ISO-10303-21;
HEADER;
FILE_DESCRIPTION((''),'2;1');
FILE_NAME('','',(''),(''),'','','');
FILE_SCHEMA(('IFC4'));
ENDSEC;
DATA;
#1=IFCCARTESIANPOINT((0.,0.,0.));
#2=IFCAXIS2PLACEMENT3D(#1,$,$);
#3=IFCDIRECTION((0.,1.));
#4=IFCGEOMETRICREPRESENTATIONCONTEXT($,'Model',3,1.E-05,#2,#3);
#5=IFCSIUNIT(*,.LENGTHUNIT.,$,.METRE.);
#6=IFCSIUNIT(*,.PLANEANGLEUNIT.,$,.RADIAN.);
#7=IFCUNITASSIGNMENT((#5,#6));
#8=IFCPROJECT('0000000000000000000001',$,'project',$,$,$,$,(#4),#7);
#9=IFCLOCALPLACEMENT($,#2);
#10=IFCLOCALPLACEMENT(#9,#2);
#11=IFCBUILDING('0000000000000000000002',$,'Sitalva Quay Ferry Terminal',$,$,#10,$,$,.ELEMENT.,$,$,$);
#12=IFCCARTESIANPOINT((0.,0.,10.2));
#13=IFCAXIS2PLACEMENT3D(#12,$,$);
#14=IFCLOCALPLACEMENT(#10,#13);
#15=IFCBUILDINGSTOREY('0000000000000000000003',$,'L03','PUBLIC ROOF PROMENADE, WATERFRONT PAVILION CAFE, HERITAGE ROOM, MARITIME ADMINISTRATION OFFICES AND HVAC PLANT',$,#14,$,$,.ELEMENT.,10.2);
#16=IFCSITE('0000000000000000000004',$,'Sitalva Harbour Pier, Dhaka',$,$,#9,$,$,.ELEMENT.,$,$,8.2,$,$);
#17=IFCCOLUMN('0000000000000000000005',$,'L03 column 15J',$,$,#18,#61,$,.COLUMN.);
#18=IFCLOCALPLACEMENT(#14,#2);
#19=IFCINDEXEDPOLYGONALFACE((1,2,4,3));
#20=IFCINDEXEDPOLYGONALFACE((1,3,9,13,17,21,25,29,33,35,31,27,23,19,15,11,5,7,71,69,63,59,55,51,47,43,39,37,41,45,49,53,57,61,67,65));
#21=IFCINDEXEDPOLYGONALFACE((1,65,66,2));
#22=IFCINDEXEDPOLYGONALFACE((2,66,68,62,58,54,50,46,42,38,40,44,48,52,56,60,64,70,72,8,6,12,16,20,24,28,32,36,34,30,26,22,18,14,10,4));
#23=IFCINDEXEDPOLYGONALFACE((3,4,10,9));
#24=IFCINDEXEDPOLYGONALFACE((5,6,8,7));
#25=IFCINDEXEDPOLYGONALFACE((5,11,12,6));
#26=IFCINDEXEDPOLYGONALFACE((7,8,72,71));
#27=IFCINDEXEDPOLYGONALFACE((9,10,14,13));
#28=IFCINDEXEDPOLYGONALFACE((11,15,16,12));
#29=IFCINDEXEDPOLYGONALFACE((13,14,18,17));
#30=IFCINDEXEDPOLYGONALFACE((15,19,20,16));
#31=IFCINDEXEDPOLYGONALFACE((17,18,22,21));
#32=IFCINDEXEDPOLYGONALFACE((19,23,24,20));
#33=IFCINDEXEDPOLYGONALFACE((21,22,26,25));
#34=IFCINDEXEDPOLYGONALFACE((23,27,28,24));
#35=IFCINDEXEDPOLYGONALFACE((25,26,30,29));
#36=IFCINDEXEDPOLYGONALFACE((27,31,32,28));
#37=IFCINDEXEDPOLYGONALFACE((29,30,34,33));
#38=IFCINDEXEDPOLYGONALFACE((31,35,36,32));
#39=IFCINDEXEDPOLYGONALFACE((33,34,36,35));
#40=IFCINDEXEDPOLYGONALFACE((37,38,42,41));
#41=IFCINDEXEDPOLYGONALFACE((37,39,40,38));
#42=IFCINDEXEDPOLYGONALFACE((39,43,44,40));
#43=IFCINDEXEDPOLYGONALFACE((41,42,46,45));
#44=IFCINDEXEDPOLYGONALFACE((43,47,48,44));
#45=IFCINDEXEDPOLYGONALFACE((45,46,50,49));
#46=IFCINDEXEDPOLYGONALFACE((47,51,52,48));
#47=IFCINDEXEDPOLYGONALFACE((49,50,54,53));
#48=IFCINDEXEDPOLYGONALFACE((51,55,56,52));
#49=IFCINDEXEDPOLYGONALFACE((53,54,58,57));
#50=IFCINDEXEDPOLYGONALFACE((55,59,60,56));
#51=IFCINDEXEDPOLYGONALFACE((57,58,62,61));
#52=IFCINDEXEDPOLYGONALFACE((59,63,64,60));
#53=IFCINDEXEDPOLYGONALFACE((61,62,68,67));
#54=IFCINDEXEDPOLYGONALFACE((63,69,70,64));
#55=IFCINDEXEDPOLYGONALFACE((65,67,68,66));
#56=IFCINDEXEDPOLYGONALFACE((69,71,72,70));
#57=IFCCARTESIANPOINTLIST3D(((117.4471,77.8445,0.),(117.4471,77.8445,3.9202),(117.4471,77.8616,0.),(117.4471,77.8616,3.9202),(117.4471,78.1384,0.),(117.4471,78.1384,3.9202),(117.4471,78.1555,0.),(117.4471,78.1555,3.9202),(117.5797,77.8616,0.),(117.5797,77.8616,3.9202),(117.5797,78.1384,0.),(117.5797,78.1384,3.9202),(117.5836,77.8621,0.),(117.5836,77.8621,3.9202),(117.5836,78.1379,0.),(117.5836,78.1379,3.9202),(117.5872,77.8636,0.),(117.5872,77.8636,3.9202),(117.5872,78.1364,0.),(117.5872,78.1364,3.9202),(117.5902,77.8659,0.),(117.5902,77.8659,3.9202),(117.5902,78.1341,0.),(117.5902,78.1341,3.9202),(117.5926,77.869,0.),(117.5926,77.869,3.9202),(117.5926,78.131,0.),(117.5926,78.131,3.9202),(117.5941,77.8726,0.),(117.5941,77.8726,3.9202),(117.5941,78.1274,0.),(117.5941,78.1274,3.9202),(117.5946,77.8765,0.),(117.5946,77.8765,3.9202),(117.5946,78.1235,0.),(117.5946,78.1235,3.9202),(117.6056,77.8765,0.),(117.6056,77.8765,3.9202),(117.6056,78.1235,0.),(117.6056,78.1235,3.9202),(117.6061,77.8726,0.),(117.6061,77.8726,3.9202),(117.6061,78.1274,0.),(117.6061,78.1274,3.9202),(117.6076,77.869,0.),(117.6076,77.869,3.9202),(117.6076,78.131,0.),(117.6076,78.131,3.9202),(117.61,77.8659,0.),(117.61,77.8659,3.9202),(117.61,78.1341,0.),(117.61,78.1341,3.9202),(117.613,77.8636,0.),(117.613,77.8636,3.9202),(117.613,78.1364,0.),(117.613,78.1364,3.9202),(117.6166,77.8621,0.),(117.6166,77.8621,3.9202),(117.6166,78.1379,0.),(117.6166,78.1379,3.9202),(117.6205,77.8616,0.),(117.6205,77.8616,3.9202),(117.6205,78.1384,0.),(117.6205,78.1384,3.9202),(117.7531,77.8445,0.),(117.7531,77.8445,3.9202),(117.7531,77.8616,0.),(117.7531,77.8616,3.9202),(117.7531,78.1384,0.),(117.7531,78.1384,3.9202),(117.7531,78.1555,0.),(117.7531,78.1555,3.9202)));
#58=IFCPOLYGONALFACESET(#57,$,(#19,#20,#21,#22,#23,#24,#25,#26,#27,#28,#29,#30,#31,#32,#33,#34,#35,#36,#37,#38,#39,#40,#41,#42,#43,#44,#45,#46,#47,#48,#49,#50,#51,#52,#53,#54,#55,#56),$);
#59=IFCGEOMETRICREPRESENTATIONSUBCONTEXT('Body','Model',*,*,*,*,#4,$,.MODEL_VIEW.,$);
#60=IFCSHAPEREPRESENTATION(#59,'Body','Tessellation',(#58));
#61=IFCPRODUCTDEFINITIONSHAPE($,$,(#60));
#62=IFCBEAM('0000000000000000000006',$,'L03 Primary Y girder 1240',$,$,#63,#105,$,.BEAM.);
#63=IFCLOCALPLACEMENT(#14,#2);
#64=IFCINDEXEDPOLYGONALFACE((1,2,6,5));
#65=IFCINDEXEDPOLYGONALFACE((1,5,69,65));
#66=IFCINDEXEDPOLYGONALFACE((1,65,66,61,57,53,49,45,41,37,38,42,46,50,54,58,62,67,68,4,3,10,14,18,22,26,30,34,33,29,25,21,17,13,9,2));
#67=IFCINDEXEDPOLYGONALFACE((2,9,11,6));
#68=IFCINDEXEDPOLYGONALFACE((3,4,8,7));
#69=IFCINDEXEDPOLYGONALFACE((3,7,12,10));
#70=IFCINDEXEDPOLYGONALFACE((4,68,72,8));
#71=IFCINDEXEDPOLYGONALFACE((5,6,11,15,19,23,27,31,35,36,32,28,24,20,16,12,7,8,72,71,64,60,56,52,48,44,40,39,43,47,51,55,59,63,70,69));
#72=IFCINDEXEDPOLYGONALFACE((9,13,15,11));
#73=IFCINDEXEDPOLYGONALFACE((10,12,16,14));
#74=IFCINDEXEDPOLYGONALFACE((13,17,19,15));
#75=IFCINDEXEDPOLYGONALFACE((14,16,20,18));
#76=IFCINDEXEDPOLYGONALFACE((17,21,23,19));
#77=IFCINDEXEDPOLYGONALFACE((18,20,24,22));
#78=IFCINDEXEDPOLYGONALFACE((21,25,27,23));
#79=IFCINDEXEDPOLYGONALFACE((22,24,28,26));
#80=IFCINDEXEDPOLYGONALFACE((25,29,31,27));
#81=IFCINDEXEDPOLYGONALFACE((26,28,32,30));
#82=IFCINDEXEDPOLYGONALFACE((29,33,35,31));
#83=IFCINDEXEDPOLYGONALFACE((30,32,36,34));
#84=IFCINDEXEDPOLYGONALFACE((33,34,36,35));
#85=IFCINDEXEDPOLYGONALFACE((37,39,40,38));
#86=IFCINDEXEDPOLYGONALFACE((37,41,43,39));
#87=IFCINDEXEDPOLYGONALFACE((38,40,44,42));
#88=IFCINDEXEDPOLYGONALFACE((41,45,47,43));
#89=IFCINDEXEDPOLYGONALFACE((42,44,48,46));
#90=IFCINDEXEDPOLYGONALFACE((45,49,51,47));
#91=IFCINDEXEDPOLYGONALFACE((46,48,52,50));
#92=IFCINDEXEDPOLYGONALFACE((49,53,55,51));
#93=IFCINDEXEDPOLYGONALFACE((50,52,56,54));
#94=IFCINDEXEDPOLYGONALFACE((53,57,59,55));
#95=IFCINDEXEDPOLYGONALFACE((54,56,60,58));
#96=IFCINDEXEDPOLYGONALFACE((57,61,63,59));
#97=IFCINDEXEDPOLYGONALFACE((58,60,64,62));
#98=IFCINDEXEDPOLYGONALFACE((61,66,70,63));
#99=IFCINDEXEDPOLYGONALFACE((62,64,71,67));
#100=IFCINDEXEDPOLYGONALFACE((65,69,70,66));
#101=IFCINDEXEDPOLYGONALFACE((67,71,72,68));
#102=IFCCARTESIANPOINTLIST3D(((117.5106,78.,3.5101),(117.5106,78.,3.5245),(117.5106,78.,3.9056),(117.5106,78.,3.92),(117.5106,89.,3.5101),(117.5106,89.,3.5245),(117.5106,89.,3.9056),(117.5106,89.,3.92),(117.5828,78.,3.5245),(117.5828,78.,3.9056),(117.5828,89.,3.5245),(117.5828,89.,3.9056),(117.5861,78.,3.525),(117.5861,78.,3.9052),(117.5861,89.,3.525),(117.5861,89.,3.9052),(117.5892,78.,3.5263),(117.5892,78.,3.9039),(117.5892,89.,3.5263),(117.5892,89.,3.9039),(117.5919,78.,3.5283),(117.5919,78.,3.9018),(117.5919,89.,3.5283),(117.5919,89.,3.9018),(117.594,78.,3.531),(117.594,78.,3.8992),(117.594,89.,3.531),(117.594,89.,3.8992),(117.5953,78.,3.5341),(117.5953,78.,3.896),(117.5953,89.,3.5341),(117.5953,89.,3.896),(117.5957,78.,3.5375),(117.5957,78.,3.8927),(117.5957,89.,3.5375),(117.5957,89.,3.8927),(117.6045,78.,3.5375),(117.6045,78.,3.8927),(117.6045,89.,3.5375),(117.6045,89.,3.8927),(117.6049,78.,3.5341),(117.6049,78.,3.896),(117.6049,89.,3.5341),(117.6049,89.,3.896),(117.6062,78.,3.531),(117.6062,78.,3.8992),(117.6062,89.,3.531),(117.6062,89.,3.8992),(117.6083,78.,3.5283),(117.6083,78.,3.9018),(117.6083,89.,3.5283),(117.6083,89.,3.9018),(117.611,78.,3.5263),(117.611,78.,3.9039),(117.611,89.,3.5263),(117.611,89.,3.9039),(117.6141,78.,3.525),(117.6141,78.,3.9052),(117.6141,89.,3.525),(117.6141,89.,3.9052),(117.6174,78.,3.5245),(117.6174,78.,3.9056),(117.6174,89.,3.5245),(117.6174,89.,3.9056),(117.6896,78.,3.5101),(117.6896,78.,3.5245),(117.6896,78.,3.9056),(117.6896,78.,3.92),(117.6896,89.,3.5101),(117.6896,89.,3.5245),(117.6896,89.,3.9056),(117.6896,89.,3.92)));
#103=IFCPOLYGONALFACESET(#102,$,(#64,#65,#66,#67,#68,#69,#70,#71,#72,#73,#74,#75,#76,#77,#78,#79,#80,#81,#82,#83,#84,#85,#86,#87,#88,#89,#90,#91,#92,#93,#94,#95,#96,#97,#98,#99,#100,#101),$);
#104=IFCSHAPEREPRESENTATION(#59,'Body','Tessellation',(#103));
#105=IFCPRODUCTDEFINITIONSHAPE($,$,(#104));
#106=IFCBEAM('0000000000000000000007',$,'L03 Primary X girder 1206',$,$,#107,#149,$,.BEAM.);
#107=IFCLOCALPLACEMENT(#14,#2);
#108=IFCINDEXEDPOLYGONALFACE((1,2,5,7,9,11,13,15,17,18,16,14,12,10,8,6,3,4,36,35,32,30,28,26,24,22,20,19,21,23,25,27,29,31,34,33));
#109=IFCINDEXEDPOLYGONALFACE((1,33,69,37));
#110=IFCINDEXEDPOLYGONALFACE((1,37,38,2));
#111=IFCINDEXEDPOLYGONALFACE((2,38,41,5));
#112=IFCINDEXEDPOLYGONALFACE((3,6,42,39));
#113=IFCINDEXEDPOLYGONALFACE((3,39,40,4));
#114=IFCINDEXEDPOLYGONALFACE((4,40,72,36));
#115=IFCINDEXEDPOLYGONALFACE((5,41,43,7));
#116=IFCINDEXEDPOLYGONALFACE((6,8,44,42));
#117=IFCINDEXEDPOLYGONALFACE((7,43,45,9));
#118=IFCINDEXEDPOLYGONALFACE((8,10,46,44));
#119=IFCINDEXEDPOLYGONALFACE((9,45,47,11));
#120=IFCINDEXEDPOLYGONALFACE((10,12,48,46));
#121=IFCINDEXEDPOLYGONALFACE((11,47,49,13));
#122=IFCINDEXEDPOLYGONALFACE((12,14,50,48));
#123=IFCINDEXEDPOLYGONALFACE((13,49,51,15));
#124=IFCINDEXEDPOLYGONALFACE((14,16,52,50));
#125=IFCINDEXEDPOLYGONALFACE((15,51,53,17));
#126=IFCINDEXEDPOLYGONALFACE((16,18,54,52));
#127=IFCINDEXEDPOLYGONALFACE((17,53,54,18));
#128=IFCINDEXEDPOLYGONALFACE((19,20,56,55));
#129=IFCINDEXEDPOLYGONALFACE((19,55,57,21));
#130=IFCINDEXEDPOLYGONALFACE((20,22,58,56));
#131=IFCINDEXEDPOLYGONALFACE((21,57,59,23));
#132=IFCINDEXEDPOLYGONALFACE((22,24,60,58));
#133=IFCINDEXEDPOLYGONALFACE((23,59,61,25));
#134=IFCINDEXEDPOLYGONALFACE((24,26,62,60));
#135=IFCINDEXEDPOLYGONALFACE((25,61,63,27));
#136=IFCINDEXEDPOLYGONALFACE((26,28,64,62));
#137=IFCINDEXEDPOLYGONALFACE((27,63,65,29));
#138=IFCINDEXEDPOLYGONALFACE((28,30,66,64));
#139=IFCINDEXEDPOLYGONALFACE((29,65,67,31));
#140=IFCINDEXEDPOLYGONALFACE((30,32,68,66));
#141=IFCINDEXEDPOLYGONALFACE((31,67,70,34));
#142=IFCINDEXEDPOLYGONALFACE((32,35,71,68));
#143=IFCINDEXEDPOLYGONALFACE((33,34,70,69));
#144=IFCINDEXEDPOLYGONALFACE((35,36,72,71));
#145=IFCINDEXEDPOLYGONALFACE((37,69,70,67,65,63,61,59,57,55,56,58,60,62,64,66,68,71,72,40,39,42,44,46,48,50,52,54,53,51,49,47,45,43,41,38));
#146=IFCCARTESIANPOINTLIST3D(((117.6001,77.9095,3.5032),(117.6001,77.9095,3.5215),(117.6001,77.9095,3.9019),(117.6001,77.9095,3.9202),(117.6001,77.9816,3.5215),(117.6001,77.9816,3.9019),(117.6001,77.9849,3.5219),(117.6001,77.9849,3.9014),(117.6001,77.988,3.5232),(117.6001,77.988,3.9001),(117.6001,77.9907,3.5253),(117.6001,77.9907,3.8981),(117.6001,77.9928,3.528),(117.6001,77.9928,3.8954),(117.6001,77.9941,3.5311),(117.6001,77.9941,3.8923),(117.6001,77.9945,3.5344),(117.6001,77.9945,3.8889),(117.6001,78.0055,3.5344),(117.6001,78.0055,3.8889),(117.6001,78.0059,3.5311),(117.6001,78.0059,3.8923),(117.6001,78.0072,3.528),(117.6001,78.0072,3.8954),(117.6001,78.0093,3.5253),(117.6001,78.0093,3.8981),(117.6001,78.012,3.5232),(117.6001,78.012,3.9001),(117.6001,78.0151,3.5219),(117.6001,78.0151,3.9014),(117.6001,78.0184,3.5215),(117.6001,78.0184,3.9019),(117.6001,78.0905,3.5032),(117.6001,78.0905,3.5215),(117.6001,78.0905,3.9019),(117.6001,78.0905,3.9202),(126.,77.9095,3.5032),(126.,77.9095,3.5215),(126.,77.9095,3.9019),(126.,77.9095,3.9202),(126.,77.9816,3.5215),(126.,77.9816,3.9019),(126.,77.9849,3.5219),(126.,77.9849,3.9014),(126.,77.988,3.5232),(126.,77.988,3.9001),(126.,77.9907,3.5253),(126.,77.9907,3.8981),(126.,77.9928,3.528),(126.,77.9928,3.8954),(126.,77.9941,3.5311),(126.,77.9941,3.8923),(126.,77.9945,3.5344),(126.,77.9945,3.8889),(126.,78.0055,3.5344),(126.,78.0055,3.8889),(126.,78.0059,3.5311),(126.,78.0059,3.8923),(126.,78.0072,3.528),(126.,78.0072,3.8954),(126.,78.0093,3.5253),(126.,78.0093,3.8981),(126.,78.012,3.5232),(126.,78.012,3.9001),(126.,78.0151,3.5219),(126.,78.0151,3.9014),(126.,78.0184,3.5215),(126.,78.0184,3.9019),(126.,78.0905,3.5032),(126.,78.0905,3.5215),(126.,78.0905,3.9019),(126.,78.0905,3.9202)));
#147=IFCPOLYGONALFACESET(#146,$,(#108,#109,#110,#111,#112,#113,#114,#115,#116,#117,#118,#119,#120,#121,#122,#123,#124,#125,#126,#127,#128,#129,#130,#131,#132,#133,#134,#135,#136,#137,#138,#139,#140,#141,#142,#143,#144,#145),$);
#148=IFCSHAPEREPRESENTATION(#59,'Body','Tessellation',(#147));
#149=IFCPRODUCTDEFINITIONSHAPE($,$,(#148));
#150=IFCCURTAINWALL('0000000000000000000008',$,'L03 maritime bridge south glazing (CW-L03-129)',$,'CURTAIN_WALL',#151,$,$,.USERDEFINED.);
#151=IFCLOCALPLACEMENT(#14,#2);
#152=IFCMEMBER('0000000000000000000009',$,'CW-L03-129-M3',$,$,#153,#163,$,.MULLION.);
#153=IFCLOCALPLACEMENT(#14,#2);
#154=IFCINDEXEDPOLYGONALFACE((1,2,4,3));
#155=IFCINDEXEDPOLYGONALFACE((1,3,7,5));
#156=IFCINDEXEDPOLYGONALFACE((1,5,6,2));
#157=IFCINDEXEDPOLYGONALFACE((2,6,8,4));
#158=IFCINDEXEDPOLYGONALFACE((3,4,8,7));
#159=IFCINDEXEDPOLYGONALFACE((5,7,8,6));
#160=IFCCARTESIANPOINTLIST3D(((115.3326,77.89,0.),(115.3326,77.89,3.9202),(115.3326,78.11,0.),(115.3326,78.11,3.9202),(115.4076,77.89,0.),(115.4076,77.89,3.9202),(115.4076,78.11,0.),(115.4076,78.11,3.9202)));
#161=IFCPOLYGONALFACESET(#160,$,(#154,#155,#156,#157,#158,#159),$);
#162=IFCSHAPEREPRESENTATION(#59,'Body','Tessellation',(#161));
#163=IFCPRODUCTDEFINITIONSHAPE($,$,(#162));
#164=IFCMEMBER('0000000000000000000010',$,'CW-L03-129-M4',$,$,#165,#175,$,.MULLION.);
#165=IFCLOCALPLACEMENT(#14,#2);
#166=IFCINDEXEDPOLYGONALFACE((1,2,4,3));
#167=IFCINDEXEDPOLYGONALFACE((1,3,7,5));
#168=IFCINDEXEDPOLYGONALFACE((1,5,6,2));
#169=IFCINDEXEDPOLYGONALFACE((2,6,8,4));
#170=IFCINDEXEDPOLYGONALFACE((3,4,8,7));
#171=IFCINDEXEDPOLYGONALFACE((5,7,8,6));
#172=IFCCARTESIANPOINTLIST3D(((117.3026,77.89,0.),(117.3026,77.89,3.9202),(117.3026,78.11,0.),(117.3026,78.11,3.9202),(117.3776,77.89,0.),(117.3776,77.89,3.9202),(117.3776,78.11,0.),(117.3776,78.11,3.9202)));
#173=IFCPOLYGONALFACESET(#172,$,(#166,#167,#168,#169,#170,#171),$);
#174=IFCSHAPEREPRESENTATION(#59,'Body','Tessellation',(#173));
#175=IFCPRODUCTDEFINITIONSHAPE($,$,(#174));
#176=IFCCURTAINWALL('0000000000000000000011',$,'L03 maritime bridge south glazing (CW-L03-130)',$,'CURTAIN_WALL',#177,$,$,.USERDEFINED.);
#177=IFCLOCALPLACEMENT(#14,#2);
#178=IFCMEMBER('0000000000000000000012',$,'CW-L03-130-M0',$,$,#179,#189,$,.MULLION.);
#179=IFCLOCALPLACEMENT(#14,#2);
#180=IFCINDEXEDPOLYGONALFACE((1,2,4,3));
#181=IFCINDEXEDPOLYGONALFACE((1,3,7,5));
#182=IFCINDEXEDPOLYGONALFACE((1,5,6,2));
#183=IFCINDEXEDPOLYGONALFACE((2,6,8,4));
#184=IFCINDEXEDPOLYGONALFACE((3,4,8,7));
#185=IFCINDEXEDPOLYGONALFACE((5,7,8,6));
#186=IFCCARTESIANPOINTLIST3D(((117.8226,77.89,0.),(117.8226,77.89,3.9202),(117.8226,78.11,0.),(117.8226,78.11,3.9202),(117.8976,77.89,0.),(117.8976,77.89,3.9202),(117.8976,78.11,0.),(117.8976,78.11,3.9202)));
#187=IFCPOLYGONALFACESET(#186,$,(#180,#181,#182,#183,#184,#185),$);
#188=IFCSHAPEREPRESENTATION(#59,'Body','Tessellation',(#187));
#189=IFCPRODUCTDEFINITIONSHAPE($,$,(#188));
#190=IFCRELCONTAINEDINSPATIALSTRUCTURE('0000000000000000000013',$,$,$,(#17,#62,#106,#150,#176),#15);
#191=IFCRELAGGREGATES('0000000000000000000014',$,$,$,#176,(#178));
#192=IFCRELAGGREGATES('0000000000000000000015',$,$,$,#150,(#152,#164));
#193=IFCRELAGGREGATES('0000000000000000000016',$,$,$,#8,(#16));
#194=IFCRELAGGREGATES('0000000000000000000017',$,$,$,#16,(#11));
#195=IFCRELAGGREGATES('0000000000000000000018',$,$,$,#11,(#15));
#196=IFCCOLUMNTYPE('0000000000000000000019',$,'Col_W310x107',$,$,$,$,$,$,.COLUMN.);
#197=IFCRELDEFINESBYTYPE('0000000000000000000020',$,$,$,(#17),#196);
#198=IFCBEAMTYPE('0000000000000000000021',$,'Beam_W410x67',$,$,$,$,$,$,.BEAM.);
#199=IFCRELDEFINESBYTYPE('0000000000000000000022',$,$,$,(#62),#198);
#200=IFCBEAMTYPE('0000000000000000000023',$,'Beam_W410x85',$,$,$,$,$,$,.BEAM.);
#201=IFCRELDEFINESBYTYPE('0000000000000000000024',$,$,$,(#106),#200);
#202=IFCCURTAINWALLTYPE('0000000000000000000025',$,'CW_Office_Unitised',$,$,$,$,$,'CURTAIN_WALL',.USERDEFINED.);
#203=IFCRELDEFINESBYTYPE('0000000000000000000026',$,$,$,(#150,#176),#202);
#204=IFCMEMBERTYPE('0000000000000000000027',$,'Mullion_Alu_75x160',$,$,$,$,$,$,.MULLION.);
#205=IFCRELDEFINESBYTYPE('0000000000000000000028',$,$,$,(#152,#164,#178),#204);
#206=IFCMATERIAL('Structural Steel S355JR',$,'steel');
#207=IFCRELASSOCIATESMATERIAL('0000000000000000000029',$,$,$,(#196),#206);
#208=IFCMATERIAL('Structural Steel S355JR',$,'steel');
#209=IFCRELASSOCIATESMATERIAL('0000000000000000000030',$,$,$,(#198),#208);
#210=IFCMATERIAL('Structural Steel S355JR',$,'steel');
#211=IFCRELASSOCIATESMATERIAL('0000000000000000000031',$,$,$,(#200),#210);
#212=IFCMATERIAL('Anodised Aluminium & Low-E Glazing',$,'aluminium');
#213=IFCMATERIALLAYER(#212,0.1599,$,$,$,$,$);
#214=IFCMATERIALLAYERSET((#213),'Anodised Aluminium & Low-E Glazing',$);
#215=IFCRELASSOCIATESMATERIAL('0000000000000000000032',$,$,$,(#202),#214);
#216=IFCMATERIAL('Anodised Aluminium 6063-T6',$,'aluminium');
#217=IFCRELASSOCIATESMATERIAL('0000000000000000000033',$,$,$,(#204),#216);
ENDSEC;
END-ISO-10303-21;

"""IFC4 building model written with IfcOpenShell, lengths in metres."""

from ifc_helpers import new_model, si_unit, direction, frame, origin, origin_2d, place, context, subcontext, project, spatial, rectangle, i_section, extrude, material, layer, layer_set, material_profile, profile_set, type_object, element, aggregate, save


model = new_model("IFC4")

# Units and contexts
model_context = context("Model", 3, precision=1e-05, world=origin(), true_north=direction((0.0, 1.0)))
body_context = subcontext(model_context, "Body", "Model", "MODEL_VIEW")
ifc_project = project(units=[si_unit("LENGTHUNIT", "METRE"), si_unit("PLANEANGLEUNIT", "RADIAN")], contexts=[model_context])

# Site, building, storey
site_placement = place(None, origin())
site = spatial("IfcSite", under=ifc_project, at=site_placement, Name="Sitalva Harbour Pier, Dhaka", CompositionType="ELEMENT", RefElevation=8.2)
building_placement = place(site_placement, origin())
building = spatial("IfcBuilding", under=site, at=building_placement, Name="Sitalva Quay Ferry Terminal", CompositionType="ELEMENT")
storey_placement = place(building_placement, frame((0.0, 0.0, 10.2)))
storey = spatial("IfcBuildingStorey", under=building, at=storey_placement, Name="L03", Description="PUBLIC ROOF PROMENADE, WATERFRONT PAVILION CAFE, HERITAGE ROOM, MARITIME ADMINISTRATION OFFICES AND HVAC PLANT", CompositionType="ELEMENT", Elevation=10.2)

# Column
ifc_material_1 = material(Name="Structural Steel S355JR", Category="steel")
ifc_material_profile_1 = material_profile(ifc_material_1, i_section(OverallWidth=0.3059, OverallDepth=0.311, WebThickness=0.011, FlangeThickness=0.0171, FilletRadius=0.0149, at=origin_2d()), Name="W310x107")
ifc_profile_set_1 = profile_set([ifc_material_profile_1], Name="Structural Steel S355JR")
column_type = type_object("IfcColumnType", Name="Col_W310x107", PredefinedType="COLUMN", material=ifc_profile_set_1)
column_placement = place(storey_placement, frame((117.6001, 78.0, 0.0), z_axis=(0.0, 0.0, 1.0), x_axis=(1.0, 0.0, 0.0)))
element("IfcColumn", 1, at=column_placement, inside=storey, type_object=column_type, Name="L03 column 15J", PredefinedType="COLUMN", context=body_context, shape_type="SweptSolid", body=[
    extrude(i_section(OverallWidth=0.3059, OverallDepth=0.311, WebThickness=0.011, FlangeThickness=0.0171, FilletRadius=0.0149, at=origin_2d()), origin(), (0.0, 0.0, 1.0), 3.9202),
])

# Beams
ifc_material_2 = material(Name="Structural Steel S355JR", Category="steel")
ifc_material_profile_2 = material_profile(ifc_material_2, i_section(OverallWidth=0.179, OverallDepth=0.4099, WebThickness=0.0088, FlangeThickness=0.0144, FilletRadius=0.0129, at=origin_2d()), Name="W410x67")
ifc_profile_set_2 = profile_set([ifc_material_profile_2], Name="Structural Steel S355JR")
beam_type_1 = type_object("IfcBeamType", Name="Beam_W410x67", PredefinedType="BEAM", material=ifc_profile_set_2)
beam_1_placement = place(storey_placement, frame((117.6001, 78.0, 3.7151), z_axis=(0.0, 1.0, 0.0), x_axis=(-1.0, 0.0, 0.0)))
element("IfcBeam", 2, at=beam_1_placement, inside=storey, type_object=beam_type_1, Name="L03 Primary Y girder 1240", PredefinedType="BEAM", context=body_context, shape_type="SweptSolid", body=[
    extrude(i_section(OverallWidth=0.179, OverallDepth=0.4099, WebThickness=0.0088, FlangeThickness=0.0144, FilletRadius=0.0129, at=origin_2d()), origin(), (0.0, 0.0, 1.0), 11.0),
])
ifc_material_3 = material(Name="Structural Steel S355JR", Category="steel")
ifc_material_profile_3 = material_profile(ifc_material_3, i_section(OverallWidth=0.1809, OverallDepth=0.417, WebThickness=0.011, FlangeThickness=0.0183, FilletRadius=0.0129, at=origin_2d()), Name="W410x85")
ifc_profile_set_3 = profile_set([ifc_material_profile_3], Name="Structural Steel S355JR")
beam_type_2 = type_object("IfcBeamType", Name="Beam_W410x85", PredefinedType="BEAM", material=ifc_profile_set_3)
beam_2_placement = place(storey_placement, frame((117.6001, 78.0, 3.7117), z_axis=(1.0, 0.0, 0.0), x_axis=(0.0, 1.0, 0.0)))
element("IfcBeam", 3, at=beam_2_placement, inside=storey, type_object=beam_type_2, Name="L03 Primary X girder 1206", PredefinedType="BEAM", context=body_context, shape_type="SweptSolid", body=[
    extrude(i_section(OverallWidth=0.1809, OverallDepth=0.417, WebThickness=0.011, FlangeThickness=0.0183, FilletRadius=0.0129, at=origin_2d()), origin(), (0.0, 0.0, 1.0), 8.3999),
])

# Curtain wall, members
ifc_material_4 = material(Name="Anodised Aluminium & Low-E Glazing", Category="aluminium")
ifc_layer_1 = layer(ifc_material_4, 0.1599)
ifc_layer_set_1 = layer_set([ifc_layer_1], Name="Anodised Aluminium & Low-E Glazing")
curtain_wall_type = type_object("IfcCurtainWallType", Name="CW_Office_Unitised", ElementType="CURTAIN_WALL", PredefinedType="USERDEFINED", material=ifc_layer_set_1)
curtain_wall_1_placement = place(storey_placement, origin())
curtain_wall_1 = element("IfcCurtainWall", 4, at=curtain_wall_1_placement, inside=storey, type_object=curtain_wall_type, Name="L03 maritime bridge south glazing (CW-L03-129)", ObjectType="CURTAIN_WALL", PredefinedType="USERDEFINED")
ifc_material_5 = material(Name="Anodised Aluminium 6063-T6", Category="aluminium")
ifc_material_profile_4 = material_profile(ifc_material_5, rectangle(XDim=0.075, YDim=0.22, at=origin_2d()), Name="ALU75x220")
ifc_profile_set_4 = profile_set([ifc_material_profile_4], Name="Anodised Aluminium 6063-T6")
member_type_1 = type_object("IfcMemberType", Name="Mullion_Alu_75x160", PredefinedType="MULLION", material=ifc_profile_set_4)
member_1_placement = place(storey_placement, frame((115.3701, 78.0, 0.0), z_axis=(0.0, 0.0, 1.0), x_axis=(1.0, 0.0, 0.0)))
member_1 = element("IfcMember", 5, at=member_1_placement, type_object=member_type_1, Name="CW-L03-129-M3", PredefinedType="MULLION", context=body_context, shape_type="SweptSolid", body=[
    extrude(rectangle(XDim=0.075, YDim=0.22, at=origin_2d()), origin(), (0.0, 0.0, 1.0), 3.9202),
])
member_2_placement = place(storey_placement, frame((117.3401, 78.0, 0.0), z_axis=(0.0, 0.0, 1.0), x_axis=(1.0, 0.0, 0.0)))
member_2 = element("IfcMember", 6, at=member_2_placement, type_object=member_type_1, Name="CW-L03-129-M4", PredefinedType="MULLION", context=body_context, shape_type="SweptSolid", body=[
    extrude(rectangle(XDim=0.075, YDim=0.22, at=origin_2d()), origin(), (0.0, 0.0, 1.0), 3.9202),
])

# Curtain wall, member
curtain_wall_2_placement = place(storey_placement, origin())
curtain_wall_2 = element("IfcCurtainWall", 7, at=curtain_wall_2_placement, inside=storey, type_object=curtain_wall_type, Name="L03 maritime bridge south glazing (CW-L03-130)", ObjectType="CURTAIN_WALL", PredefinedType="USERDEFINED")
member_3_placement = place(storey_placement, frame((117.8601, 78.0, 0.0), z_axis=(0.0, 0.0, 1.0), x_axis=(1.0, 0.0, 0.0)))
member_3 = element("IfcMember", 8, at=member_3_placement, type_object=member_type_1, Name="CW-L03-130-M0", PredefinedType="MULLION", context=body_context, shape_type="SweptSolid", body=[
    extrude(rectangle(XDim=0.075, YDim=0.22, at=origin_2d()), origin(), (0.0, 0.0, 1.0), 3.9202),
])

aggregate(curtain_wall_2, [member_3])

aggregate(curtain_wall_1, [member_1, member_2])

save(model, "model.ifc")
